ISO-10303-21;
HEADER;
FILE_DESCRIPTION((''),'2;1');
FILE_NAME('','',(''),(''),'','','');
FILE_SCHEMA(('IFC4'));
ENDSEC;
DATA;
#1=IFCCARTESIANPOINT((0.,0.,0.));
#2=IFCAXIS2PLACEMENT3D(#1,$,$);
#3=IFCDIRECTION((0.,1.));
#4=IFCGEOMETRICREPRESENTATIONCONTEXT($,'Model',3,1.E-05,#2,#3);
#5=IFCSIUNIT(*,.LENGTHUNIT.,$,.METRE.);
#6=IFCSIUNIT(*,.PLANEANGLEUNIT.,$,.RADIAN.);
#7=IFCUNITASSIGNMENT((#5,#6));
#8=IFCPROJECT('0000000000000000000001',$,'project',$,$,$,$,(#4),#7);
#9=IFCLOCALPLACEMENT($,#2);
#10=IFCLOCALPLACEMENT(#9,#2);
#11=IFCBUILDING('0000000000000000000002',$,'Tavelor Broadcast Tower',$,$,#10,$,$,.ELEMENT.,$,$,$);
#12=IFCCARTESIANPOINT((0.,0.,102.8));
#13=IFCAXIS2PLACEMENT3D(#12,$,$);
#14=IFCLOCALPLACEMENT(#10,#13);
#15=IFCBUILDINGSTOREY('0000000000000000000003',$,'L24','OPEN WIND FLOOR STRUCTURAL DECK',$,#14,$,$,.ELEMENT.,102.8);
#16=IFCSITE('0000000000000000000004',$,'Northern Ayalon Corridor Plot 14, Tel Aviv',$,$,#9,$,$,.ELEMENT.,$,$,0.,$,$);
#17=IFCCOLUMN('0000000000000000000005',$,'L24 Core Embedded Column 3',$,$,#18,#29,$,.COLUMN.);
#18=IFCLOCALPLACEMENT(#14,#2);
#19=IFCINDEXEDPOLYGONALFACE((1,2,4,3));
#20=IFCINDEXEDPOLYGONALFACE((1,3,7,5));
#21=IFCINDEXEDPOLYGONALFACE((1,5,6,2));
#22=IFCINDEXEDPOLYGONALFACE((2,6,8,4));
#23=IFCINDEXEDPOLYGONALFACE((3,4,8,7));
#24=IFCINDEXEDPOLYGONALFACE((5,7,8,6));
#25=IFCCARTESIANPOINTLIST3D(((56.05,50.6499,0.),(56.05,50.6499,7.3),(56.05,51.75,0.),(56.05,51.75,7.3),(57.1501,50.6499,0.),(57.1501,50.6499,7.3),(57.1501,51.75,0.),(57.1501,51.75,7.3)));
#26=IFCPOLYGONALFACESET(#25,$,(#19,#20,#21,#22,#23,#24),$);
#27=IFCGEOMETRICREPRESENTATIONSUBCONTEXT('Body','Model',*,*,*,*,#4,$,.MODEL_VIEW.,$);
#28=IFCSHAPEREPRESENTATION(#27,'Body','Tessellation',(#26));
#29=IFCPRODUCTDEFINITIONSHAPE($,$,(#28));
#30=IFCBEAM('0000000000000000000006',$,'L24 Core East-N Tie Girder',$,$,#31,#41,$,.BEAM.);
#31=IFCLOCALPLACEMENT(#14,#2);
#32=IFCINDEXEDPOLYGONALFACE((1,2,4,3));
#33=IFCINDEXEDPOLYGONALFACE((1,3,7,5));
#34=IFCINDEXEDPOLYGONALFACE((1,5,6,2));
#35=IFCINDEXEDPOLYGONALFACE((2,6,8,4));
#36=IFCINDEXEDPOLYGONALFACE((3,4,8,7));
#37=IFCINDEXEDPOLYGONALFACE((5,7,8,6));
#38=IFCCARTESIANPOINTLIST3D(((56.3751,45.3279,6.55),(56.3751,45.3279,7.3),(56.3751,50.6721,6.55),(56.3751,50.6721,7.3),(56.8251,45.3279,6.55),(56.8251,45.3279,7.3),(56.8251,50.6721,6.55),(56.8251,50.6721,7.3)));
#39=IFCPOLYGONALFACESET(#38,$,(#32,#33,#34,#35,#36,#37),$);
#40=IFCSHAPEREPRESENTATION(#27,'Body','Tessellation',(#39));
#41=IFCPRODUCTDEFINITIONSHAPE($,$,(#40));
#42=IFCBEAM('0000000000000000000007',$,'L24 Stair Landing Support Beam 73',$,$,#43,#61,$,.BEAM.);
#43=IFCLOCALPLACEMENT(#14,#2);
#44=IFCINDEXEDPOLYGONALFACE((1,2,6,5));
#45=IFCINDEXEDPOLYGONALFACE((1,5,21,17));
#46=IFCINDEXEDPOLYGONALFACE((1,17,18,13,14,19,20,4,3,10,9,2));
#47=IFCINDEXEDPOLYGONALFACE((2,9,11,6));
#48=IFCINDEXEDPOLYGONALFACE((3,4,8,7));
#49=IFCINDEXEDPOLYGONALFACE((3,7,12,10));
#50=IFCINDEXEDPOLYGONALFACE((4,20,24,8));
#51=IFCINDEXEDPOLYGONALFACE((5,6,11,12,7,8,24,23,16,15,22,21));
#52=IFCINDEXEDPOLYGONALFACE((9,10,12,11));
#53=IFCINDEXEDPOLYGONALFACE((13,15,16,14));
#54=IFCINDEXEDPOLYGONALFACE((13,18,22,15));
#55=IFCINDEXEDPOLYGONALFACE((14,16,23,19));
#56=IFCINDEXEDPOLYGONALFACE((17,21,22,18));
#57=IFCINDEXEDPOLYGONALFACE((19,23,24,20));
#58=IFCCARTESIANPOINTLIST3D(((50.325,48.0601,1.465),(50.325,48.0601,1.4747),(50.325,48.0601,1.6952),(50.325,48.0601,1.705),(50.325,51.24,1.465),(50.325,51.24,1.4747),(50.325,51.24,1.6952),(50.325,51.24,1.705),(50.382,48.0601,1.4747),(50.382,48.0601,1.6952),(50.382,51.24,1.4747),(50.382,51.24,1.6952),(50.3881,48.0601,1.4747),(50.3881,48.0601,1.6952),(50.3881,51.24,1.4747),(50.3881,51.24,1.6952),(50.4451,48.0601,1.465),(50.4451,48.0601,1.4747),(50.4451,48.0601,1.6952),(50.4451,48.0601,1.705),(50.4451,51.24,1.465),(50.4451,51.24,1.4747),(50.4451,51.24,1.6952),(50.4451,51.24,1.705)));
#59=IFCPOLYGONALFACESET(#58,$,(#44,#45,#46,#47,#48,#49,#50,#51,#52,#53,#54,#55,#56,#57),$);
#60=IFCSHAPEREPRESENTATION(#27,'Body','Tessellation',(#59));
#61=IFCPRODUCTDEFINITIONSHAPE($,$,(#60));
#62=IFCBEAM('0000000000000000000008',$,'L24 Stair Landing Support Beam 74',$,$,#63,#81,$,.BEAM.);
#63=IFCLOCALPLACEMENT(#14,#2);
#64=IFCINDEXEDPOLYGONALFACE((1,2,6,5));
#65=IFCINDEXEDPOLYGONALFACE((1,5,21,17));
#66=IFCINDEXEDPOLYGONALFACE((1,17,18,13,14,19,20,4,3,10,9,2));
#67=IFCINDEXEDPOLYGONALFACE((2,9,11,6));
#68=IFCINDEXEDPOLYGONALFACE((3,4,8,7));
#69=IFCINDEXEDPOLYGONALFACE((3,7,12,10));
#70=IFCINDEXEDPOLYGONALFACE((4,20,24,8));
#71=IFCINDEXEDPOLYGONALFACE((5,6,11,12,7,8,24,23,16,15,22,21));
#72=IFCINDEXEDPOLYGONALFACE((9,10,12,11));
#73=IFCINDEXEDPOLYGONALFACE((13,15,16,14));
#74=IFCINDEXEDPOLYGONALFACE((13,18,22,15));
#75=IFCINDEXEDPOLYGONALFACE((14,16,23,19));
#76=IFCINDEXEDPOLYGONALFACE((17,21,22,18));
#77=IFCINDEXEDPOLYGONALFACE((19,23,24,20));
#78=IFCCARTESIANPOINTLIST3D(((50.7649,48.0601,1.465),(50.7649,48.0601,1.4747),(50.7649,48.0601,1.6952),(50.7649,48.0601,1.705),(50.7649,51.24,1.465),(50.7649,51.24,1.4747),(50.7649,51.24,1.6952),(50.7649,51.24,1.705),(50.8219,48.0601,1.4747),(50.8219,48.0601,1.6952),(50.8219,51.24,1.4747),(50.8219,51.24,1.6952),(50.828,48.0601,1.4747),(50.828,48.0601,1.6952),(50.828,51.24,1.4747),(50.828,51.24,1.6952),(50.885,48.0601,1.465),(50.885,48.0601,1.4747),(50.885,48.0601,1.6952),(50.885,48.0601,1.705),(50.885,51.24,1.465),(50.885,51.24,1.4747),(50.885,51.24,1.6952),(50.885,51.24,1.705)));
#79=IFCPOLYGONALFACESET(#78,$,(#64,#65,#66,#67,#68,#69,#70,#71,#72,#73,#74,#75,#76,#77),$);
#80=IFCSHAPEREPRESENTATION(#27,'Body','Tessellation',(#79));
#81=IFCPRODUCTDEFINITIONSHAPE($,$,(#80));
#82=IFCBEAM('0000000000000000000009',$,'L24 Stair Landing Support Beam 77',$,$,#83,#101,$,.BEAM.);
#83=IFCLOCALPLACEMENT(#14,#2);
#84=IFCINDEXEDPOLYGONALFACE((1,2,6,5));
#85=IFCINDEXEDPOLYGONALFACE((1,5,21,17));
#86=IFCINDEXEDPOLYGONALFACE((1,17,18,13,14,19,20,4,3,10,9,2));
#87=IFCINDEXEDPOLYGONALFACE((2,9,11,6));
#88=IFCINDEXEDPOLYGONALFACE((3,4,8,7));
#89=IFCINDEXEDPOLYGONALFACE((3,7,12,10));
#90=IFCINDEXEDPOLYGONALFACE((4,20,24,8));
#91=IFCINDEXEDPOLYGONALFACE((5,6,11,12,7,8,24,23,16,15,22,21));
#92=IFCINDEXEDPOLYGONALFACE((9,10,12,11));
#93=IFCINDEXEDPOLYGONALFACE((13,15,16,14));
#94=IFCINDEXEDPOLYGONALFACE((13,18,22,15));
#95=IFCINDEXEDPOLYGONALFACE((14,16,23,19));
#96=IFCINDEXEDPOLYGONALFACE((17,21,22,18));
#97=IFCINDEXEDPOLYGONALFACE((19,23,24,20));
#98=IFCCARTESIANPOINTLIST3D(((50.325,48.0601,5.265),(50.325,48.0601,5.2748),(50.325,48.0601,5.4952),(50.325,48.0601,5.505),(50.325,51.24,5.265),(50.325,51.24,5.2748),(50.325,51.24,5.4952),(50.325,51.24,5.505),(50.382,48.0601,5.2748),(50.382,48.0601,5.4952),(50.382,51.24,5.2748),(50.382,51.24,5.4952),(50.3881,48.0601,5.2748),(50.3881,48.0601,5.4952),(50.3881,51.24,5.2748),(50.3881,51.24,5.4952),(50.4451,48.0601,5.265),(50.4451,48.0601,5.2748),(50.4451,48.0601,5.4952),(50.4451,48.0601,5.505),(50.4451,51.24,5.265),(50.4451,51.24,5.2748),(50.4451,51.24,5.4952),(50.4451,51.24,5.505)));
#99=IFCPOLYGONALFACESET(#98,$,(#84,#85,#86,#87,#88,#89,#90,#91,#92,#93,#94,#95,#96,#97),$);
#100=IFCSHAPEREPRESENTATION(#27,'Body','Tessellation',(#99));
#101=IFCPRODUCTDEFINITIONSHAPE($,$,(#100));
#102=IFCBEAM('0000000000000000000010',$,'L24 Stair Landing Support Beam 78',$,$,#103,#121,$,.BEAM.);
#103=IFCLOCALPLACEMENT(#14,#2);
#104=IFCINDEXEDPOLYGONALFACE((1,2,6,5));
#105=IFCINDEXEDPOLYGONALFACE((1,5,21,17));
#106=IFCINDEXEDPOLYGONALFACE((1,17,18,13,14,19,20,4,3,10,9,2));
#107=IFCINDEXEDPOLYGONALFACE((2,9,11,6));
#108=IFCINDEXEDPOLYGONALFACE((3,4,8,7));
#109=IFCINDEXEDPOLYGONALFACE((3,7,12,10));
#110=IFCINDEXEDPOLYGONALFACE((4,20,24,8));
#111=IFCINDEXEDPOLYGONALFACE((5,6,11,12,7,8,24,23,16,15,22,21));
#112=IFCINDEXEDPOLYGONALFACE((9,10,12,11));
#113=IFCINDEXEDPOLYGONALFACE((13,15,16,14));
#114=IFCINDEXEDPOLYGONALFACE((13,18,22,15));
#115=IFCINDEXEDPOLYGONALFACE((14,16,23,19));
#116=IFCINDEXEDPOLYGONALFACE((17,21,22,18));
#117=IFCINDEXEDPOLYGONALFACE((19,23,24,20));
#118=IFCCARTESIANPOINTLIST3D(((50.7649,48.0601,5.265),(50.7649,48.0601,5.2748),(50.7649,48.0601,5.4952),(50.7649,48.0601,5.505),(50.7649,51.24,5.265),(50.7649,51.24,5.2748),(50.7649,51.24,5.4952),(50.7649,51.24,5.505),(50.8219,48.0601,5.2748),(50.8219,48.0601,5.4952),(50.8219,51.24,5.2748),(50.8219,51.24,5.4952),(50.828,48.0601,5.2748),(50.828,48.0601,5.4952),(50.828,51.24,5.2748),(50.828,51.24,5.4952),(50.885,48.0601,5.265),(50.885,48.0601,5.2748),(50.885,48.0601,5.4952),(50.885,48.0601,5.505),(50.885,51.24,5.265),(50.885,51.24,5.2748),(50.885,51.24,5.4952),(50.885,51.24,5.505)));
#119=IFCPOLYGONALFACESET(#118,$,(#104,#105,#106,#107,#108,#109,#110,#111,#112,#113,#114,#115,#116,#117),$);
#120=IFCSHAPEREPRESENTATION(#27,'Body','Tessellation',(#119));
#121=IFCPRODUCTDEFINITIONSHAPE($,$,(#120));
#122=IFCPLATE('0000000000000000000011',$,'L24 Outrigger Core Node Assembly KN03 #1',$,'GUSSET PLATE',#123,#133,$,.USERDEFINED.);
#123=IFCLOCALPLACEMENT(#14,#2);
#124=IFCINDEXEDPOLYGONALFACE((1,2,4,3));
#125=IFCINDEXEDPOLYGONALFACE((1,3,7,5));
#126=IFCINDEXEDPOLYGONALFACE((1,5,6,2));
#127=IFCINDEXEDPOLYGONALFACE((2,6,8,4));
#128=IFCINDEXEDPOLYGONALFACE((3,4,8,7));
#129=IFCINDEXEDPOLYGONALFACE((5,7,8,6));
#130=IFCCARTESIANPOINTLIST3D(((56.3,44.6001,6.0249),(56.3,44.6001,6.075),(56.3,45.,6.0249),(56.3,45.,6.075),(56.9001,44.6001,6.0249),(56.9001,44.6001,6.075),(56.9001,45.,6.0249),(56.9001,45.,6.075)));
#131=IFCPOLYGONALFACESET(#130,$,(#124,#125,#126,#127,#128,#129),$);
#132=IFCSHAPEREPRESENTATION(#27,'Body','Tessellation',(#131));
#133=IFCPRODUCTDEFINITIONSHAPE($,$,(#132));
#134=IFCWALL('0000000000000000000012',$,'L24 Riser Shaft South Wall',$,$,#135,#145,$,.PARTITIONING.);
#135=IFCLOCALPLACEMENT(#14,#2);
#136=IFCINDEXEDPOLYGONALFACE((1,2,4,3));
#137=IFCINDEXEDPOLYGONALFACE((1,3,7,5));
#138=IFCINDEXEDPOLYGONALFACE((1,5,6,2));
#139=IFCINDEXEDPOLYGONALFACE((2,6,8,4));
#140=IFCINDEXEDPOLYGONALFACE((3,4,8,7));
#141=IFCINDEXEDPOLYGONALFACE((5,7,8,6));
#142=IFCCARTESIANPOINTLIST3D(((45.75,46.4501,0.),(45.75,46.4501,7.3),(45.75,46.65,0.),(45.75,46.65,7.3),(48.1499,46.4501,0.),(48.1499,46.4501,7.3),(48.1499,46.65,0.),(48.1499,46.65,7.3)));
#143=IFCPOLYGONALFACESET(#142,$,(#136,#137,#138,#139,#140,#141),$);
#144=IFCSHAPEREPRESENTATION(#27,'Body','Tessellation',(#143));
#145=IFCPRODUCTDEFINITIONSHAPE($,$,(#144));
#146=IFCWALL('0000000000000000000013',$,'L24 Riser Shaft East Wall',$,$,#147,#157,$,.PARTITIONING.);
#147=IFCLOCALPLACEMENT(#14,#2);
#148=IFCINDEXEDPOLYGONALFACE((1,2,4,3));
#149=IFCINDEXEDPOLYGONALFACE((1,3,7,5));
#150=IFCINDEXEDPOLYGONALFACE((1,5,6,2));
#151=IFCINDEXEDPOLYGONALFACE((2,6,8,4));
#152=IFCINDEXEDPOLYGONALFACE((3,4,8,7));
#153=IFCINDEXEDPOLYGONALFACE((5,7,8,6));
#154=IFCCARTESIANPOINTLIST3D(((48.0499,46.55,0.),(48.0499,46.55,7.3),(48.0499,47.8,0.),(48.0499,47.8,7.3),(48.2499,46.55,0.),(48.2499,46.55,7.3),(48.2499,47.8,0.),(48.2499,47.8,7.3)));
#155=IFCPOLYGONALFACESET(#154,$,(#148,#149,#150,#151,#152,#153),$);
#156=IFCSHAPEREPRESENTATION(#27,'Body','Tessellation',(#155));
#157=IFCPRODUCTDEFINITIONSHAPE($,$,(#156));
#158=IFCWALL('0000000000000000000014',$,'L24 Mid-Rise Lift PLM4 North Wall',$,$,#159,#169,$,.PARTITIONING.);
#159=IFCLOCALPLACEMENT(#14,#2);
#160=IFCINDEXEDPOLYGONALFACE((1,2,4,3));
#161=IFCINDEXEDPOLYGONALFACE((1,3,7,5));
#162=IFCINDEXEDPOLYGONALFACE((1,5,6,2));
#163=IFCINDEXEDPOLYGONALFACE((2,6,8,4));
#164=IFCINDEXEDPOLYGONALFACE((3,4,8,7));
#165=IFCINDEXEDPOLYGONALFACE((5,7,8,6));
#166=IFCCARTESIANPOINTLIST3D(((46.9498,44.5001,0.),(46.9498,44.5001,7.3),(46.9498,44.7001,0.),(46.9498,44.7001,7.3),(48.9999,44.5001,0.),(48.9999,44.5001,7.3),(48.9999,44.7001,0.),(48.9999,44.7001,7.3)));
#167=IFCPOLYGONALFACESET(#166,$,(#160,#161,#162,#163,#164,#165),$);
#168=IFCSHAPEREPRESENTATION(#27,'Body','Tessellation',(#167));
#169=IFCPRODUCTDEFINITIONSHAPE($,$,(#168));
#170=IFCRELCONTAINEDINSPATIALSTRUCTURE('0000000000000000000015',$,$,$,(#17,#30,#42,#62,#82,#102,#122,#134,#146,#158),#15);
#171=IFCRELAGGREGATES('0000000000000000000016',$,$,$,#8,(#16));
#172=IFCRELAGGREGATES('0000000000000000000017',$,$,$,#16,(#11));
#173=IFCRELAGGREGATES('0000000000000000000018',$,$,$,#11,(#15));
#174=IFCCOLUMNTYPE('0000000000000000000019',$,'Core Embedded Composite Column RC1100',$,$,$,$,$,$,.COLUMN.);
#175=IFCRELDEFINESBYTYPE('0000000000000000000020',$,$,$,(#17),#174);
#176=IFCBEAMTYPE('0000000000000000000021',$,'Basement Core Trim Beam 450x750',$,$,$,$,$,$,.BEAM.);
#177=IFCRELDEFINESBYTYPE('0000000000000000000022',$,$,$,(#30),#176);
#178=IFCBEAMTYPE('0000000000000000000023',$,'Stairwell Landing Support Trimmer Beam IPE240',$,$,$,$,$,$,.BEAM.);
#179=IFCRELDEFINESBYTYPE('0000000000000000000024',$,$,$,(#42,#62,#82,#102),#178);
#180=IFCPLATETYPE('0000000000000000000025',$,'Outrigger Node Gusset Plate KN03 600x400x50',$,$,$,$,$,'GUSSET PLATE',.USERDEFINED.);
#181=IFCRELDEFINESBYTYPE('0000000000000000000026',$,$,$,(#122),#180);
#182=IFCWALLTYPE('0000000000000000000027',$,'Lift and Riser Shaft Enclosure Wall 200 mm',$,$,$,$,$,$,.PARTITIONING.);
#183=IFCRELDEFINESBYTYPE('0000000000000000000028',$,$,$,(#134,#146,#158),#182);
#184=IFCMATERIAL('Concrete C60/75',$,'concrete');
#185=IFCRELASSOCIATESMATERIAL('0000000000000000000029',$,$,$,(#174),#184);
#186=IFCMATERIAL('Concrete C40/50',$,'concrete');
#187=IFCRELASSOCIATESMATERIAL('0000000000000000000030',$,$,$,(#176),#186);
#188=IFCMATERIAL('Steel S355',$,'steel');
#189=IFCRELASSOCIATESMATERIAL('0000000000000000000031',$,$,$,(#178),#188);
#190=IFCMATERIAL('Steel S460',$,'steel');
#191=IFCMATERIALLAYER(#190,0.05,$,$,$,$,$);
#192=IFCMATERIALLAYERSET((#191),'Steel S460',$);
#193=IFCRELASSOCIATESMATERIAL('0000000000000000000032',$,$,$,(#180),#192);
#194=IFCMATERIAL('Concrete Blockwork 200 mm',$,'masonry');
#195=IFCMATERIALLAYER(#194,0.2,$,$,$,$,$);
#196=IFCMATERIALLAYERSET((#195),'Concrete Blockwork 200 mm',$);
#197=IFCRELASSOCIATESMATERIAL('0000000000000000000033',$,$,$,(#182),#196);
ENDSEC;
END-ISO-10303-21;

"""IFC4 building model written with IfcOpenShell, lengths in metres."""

from ifc_helpers import new_model, si_unit, direction, frame, frame_2d, origin, origin_2d, place, context, subcontext, project, spatial, rectangle, i_section, extrude, source, transform, mapped, material, layer, layer_set, material_profile, profile_set, type_object, type_shapes, element, save


model = new_model("IFC4")

# Units and contexts
model_context = context("Model", 3, precision=1e-05, world=origin(), true_north=direction((0.0, 1.0)))
body_context = subcontext(model_context, "Body", "Model", "MODEL_VIEW")
ifc_project = project(units=[si_unit("LENGTHUNIT", "METRE"), si_unit("PLANEANGLEUNIT", "RADIAN")], contexts=[model_context])

# Site, building, storey
site_placement = place(None, origin())
site = spatial("IfcSite", under=ifc_project, at=site_placement, Name="Northern Ayalon Corridor Plot 14, Tel Aviv", CompositionType="ELEMENT", RefElevation=0.0)
building_placement = place(site_placement, origin())
building = spatial("IfcBuilding", under=site, at=building_placement, Name="Tavelor Broadcast Tower", CompositionType="ELEMENT")
storey_placement = place(building_placement, frame((0.0, 0.0, 102.8)))
storey = spatial("IfcBuildingStorey", under=building, at=storey_placement, Name="L24", Description="OPEN WIND FLOOR STRUCTURAL DECK", CompositionType="ELEMENT", Elevation=102.8)

# Column
ifc_material_1 = material(Name="Concrete C60/75", Category="concrete")
ifc_material_profile_1 = material_profile(ifc_material_1, rectangle(XDim=1.1001, YDim=1.1001, at=origin_2d()), Name="RC 1100x1100")
ifc_profile_set_1 = profile_set([ifc_material_profile_1], Name="Concrete C60/75")
column_type = type_object("IfcColumnType", Name="Core Embedded Composite Column RC1100", PredefinedType="COLUMN", material=ifc_profile_set_1)
column_placement = place(storey_placement, frame((56.6001, 51.2, 0.0), z_axis=(0.0, 0.0, 1.0), x_axis=(1.0, 0.0, 0.0)))
element("IfcColumn", 1, at=column_placement, inside=storey, type_object=column_type, Name="L24 Core Embedded Column 3", PredefinedType="COLUMN", context=body_context, shape_type="SweptSolid", body=[
    extrude(rectangle(XDim=1.1001, YDim=1.1001, at=origin_2d()), origin(), (0.0, 0.0, 1.0), 7.3),
])

# Beams
ifc_material_2 = material(Name="Concrete C40/50", Category="concrete")
ifc_material_profile_2 = material_profile(ifc_material_2, rectangle(XDim=0.45, YDim=0.75, at=origin_2d()), Name="RC 450x750")
ifc_profile_set_2 = profile_set([ifc_material_profile_2], Name="Concrete C40/50")
beam_type_1 = type_object("IfcBeamType", Name="Basement Core Trim Beam 450x750", PredefinedType="BEAM", material=ifc_profile_set_2)
beam_placement = place(storey_placement, frame((56.6001, 45.3279, 6.925), z_axis=(0.0, 1.0, 0.0), x_axis=(-1.0, 0.0, 0.0)))
element("IfcBeam", 2, at=beam_placement, inside=storey, type_object=beam_type_1, Name="L24 Core East-N Tie Girder", PredefinedType="BEAM", context=body_context, shape_type="SweptSolid", body=[
    extrude(rectangle(XDim=0.45, YDim=0.75, at=origin_2d()), origin(), (0.0, 0.0, 1.0), 5.3442),
])
ifc_material_3 = material(Name="Steel S355", Category="steel")
ifc_material_profile_3 = material_profile(ifc_material_3, i_section(OverallWidth=0.1201, OverallDepth=0.24, WebThickness=0.0061, FlangeThickness=0.0098, at=origin_2d()), Name="IPE 240")
ifc_profile_set_3 = profile_set([ifc_material_profile_3], Name="Steel S355")
beam_type_2 = type_object("IfcBeamType", Name="Stairwell Landing Support Trimmer Beam IPE240", PredefinedType="BEAM", material=ifc_profile_set_3)
for number, where, z_axis, x_axis, name in (
    (3, (50.385, 48.0601, 1.585), (0.0, 1.0, 0.0), (-1.0, 0.0, 0.0), "L24 Stair Landing Support Beam 73"),
    (4, (50.825, 48.0601, 1.585), (0.0, 1.0, 0.0), (-1.0, 0.0, 0.0), "L24 Stair Landing Support Beam 74"),
    (5, (50.385, 48.0601, 5.385), (0.0, 1.0, 0.0), (-1.0, 0.0, 0.0), "L24 Stair Landing Support Beam 77"),
    (6, (50.825, 48.0601, 5.385), (0.0, 1.0, 0.0), (-1.0, 0.0, 0.0), "L24 Stair Landing Support Beam 78"),
):
    element("IfcBeam", number, at=place(storey_placement, frame(where, z_axis=z_axis, x_axis=x_axis)), inside=storey, type_object=beam_type_2, Name=name, PredefinedType="BEAM", context=body_context, shape_type="SweptSolid", body=[
        extrude(i_section(OverallWidth=0.1201, OverallDepth=0.24, WebThickness=0.0061, FlangeThickness=0.0098, at=origin_2d()), origin(), (0.0, 0.0, 1.0), 3.1799),
    ])

# Plate
ifc_material_4 = material(Name="Steel S460", Category="steel")
ifc_layer_1 = layer(ifc_material_4, 0.05)
ifc_layer_set_1 = layer_set([ifc_layer_1], Name="Steel S460")
plate_type = type_object("IfcPlateType", Name="Outrigger Node Gusset Plate KN03 600x400x50", ElementType="GUSSET PLATE", PredefinedType="USERDEFINED", material=ifc_layer_set_1)
shared_shape = source(origin(), body_context, "Body", "SweptSolid", [
    extrude(rectangle(XDim=0.6001, YDim=0.3999, at=origin_2d()), origin(), (0.0, 0.0, 1.0), 0.05),
])
type_shapes(plate_type, [shared_shape])
plate_placement = place(storey_placement, frame((56.6001, 44.8, 6.0249), z_axis=(0.0, 0.0, 1.0), x_axis=(1.0, 0.0, 0.0)))
element("IfcPlate", 7, at=plate_placement, inside=storey, type_object=plate_type, Name="L24 Outrigger Core Node Assembly KN03 #1", ObjectType="GUSSET PLATE", PredefinedType="USERDEFINED", context=body_context, shape_type="MappedRepresentation", body=[
    mapped(shared_shape, transform((0.0, 0.0, 0.0), scale=1.0)),
])

# Walls
ifc_material_5 = material(Name="Concrete Blockwork 200 mm", Category="masonry")
ifc_layer_2 = layer(ifc_material_5, 0.2)
ifc_layer_set_2 = layer_set([ifc_layer_2], Name="Concrete Blockwork 200 mm")
wall_type_1 = type_object("IfcWallType", Name="Lift and Riser Shaft Enclosure Wall 200 mm", PredefinedType="PARTITIONING", material=ifc_layer_set_2)
wall_1_placement = place(storey_placement, frame((45.75, 46.55, 0.0), z_axis=(0.0, 0.0, 1.0), x_axis=(1.0, 0.0, 0.0)))
element("IfcWall", 8, at=wall_1_placement, inside=storey, type_object=wall_type_1, Name="L24 Riser Shaft South Wall", PredefinedType="PARTITIONING", context=body_context, shape_type="SweptSolid", body=[
    extrude(rectangle(XDim=2.3999, YDim=0.2, at=frame_2d((1.2, 0.0))), origin(), (0.0, 0.0, 1.0), 7.3),
])
wall_2_placement = place(storey_placement, frame((48.1499, 46.55, 0.0), z_axis=(0.0, 0.0, 1.0), x_axis=(0.0, 1.0, 0.0)))
element("IfcWall", 9, at=wall_2_placement, inside=storey, type_object=wall_type_1, Name="L24 Riser Shaft East Wall", PredefinedType="PARTITIONING", context=body_context, shape_type="SweptSolid", body=[
    extrude(rectangle(XDim=1.25, YDim=0.2, at=frame_2d((0.625, 0.0))), origin(), (0.0, 0.0, 1.0), 7.3),
])
wall_3_placement = place(storey_placement, frame((46.95, 44.6001, 0.0), z_axis=(0.0, 0.0, 1.0), x_axis=(1.0, 0.0, 0.0)))
element("IfcWall", 10, at=wall_3_placement, inside=storey, type_object=wall_type_1, Name="L24 Mid-Rise Lift PLM4 North Wall", PredefinedType="PARTITIONING", context=body_context, shape_type="SweptSolid", body=[
    extrude(rectangle(XDim=2.05, YDim=0.2, at=frame_2d((1.0249, 0.0))), origin(), (0.0, 0.0, 1.0), 7.3),
])

save(model, "model.ifc")
